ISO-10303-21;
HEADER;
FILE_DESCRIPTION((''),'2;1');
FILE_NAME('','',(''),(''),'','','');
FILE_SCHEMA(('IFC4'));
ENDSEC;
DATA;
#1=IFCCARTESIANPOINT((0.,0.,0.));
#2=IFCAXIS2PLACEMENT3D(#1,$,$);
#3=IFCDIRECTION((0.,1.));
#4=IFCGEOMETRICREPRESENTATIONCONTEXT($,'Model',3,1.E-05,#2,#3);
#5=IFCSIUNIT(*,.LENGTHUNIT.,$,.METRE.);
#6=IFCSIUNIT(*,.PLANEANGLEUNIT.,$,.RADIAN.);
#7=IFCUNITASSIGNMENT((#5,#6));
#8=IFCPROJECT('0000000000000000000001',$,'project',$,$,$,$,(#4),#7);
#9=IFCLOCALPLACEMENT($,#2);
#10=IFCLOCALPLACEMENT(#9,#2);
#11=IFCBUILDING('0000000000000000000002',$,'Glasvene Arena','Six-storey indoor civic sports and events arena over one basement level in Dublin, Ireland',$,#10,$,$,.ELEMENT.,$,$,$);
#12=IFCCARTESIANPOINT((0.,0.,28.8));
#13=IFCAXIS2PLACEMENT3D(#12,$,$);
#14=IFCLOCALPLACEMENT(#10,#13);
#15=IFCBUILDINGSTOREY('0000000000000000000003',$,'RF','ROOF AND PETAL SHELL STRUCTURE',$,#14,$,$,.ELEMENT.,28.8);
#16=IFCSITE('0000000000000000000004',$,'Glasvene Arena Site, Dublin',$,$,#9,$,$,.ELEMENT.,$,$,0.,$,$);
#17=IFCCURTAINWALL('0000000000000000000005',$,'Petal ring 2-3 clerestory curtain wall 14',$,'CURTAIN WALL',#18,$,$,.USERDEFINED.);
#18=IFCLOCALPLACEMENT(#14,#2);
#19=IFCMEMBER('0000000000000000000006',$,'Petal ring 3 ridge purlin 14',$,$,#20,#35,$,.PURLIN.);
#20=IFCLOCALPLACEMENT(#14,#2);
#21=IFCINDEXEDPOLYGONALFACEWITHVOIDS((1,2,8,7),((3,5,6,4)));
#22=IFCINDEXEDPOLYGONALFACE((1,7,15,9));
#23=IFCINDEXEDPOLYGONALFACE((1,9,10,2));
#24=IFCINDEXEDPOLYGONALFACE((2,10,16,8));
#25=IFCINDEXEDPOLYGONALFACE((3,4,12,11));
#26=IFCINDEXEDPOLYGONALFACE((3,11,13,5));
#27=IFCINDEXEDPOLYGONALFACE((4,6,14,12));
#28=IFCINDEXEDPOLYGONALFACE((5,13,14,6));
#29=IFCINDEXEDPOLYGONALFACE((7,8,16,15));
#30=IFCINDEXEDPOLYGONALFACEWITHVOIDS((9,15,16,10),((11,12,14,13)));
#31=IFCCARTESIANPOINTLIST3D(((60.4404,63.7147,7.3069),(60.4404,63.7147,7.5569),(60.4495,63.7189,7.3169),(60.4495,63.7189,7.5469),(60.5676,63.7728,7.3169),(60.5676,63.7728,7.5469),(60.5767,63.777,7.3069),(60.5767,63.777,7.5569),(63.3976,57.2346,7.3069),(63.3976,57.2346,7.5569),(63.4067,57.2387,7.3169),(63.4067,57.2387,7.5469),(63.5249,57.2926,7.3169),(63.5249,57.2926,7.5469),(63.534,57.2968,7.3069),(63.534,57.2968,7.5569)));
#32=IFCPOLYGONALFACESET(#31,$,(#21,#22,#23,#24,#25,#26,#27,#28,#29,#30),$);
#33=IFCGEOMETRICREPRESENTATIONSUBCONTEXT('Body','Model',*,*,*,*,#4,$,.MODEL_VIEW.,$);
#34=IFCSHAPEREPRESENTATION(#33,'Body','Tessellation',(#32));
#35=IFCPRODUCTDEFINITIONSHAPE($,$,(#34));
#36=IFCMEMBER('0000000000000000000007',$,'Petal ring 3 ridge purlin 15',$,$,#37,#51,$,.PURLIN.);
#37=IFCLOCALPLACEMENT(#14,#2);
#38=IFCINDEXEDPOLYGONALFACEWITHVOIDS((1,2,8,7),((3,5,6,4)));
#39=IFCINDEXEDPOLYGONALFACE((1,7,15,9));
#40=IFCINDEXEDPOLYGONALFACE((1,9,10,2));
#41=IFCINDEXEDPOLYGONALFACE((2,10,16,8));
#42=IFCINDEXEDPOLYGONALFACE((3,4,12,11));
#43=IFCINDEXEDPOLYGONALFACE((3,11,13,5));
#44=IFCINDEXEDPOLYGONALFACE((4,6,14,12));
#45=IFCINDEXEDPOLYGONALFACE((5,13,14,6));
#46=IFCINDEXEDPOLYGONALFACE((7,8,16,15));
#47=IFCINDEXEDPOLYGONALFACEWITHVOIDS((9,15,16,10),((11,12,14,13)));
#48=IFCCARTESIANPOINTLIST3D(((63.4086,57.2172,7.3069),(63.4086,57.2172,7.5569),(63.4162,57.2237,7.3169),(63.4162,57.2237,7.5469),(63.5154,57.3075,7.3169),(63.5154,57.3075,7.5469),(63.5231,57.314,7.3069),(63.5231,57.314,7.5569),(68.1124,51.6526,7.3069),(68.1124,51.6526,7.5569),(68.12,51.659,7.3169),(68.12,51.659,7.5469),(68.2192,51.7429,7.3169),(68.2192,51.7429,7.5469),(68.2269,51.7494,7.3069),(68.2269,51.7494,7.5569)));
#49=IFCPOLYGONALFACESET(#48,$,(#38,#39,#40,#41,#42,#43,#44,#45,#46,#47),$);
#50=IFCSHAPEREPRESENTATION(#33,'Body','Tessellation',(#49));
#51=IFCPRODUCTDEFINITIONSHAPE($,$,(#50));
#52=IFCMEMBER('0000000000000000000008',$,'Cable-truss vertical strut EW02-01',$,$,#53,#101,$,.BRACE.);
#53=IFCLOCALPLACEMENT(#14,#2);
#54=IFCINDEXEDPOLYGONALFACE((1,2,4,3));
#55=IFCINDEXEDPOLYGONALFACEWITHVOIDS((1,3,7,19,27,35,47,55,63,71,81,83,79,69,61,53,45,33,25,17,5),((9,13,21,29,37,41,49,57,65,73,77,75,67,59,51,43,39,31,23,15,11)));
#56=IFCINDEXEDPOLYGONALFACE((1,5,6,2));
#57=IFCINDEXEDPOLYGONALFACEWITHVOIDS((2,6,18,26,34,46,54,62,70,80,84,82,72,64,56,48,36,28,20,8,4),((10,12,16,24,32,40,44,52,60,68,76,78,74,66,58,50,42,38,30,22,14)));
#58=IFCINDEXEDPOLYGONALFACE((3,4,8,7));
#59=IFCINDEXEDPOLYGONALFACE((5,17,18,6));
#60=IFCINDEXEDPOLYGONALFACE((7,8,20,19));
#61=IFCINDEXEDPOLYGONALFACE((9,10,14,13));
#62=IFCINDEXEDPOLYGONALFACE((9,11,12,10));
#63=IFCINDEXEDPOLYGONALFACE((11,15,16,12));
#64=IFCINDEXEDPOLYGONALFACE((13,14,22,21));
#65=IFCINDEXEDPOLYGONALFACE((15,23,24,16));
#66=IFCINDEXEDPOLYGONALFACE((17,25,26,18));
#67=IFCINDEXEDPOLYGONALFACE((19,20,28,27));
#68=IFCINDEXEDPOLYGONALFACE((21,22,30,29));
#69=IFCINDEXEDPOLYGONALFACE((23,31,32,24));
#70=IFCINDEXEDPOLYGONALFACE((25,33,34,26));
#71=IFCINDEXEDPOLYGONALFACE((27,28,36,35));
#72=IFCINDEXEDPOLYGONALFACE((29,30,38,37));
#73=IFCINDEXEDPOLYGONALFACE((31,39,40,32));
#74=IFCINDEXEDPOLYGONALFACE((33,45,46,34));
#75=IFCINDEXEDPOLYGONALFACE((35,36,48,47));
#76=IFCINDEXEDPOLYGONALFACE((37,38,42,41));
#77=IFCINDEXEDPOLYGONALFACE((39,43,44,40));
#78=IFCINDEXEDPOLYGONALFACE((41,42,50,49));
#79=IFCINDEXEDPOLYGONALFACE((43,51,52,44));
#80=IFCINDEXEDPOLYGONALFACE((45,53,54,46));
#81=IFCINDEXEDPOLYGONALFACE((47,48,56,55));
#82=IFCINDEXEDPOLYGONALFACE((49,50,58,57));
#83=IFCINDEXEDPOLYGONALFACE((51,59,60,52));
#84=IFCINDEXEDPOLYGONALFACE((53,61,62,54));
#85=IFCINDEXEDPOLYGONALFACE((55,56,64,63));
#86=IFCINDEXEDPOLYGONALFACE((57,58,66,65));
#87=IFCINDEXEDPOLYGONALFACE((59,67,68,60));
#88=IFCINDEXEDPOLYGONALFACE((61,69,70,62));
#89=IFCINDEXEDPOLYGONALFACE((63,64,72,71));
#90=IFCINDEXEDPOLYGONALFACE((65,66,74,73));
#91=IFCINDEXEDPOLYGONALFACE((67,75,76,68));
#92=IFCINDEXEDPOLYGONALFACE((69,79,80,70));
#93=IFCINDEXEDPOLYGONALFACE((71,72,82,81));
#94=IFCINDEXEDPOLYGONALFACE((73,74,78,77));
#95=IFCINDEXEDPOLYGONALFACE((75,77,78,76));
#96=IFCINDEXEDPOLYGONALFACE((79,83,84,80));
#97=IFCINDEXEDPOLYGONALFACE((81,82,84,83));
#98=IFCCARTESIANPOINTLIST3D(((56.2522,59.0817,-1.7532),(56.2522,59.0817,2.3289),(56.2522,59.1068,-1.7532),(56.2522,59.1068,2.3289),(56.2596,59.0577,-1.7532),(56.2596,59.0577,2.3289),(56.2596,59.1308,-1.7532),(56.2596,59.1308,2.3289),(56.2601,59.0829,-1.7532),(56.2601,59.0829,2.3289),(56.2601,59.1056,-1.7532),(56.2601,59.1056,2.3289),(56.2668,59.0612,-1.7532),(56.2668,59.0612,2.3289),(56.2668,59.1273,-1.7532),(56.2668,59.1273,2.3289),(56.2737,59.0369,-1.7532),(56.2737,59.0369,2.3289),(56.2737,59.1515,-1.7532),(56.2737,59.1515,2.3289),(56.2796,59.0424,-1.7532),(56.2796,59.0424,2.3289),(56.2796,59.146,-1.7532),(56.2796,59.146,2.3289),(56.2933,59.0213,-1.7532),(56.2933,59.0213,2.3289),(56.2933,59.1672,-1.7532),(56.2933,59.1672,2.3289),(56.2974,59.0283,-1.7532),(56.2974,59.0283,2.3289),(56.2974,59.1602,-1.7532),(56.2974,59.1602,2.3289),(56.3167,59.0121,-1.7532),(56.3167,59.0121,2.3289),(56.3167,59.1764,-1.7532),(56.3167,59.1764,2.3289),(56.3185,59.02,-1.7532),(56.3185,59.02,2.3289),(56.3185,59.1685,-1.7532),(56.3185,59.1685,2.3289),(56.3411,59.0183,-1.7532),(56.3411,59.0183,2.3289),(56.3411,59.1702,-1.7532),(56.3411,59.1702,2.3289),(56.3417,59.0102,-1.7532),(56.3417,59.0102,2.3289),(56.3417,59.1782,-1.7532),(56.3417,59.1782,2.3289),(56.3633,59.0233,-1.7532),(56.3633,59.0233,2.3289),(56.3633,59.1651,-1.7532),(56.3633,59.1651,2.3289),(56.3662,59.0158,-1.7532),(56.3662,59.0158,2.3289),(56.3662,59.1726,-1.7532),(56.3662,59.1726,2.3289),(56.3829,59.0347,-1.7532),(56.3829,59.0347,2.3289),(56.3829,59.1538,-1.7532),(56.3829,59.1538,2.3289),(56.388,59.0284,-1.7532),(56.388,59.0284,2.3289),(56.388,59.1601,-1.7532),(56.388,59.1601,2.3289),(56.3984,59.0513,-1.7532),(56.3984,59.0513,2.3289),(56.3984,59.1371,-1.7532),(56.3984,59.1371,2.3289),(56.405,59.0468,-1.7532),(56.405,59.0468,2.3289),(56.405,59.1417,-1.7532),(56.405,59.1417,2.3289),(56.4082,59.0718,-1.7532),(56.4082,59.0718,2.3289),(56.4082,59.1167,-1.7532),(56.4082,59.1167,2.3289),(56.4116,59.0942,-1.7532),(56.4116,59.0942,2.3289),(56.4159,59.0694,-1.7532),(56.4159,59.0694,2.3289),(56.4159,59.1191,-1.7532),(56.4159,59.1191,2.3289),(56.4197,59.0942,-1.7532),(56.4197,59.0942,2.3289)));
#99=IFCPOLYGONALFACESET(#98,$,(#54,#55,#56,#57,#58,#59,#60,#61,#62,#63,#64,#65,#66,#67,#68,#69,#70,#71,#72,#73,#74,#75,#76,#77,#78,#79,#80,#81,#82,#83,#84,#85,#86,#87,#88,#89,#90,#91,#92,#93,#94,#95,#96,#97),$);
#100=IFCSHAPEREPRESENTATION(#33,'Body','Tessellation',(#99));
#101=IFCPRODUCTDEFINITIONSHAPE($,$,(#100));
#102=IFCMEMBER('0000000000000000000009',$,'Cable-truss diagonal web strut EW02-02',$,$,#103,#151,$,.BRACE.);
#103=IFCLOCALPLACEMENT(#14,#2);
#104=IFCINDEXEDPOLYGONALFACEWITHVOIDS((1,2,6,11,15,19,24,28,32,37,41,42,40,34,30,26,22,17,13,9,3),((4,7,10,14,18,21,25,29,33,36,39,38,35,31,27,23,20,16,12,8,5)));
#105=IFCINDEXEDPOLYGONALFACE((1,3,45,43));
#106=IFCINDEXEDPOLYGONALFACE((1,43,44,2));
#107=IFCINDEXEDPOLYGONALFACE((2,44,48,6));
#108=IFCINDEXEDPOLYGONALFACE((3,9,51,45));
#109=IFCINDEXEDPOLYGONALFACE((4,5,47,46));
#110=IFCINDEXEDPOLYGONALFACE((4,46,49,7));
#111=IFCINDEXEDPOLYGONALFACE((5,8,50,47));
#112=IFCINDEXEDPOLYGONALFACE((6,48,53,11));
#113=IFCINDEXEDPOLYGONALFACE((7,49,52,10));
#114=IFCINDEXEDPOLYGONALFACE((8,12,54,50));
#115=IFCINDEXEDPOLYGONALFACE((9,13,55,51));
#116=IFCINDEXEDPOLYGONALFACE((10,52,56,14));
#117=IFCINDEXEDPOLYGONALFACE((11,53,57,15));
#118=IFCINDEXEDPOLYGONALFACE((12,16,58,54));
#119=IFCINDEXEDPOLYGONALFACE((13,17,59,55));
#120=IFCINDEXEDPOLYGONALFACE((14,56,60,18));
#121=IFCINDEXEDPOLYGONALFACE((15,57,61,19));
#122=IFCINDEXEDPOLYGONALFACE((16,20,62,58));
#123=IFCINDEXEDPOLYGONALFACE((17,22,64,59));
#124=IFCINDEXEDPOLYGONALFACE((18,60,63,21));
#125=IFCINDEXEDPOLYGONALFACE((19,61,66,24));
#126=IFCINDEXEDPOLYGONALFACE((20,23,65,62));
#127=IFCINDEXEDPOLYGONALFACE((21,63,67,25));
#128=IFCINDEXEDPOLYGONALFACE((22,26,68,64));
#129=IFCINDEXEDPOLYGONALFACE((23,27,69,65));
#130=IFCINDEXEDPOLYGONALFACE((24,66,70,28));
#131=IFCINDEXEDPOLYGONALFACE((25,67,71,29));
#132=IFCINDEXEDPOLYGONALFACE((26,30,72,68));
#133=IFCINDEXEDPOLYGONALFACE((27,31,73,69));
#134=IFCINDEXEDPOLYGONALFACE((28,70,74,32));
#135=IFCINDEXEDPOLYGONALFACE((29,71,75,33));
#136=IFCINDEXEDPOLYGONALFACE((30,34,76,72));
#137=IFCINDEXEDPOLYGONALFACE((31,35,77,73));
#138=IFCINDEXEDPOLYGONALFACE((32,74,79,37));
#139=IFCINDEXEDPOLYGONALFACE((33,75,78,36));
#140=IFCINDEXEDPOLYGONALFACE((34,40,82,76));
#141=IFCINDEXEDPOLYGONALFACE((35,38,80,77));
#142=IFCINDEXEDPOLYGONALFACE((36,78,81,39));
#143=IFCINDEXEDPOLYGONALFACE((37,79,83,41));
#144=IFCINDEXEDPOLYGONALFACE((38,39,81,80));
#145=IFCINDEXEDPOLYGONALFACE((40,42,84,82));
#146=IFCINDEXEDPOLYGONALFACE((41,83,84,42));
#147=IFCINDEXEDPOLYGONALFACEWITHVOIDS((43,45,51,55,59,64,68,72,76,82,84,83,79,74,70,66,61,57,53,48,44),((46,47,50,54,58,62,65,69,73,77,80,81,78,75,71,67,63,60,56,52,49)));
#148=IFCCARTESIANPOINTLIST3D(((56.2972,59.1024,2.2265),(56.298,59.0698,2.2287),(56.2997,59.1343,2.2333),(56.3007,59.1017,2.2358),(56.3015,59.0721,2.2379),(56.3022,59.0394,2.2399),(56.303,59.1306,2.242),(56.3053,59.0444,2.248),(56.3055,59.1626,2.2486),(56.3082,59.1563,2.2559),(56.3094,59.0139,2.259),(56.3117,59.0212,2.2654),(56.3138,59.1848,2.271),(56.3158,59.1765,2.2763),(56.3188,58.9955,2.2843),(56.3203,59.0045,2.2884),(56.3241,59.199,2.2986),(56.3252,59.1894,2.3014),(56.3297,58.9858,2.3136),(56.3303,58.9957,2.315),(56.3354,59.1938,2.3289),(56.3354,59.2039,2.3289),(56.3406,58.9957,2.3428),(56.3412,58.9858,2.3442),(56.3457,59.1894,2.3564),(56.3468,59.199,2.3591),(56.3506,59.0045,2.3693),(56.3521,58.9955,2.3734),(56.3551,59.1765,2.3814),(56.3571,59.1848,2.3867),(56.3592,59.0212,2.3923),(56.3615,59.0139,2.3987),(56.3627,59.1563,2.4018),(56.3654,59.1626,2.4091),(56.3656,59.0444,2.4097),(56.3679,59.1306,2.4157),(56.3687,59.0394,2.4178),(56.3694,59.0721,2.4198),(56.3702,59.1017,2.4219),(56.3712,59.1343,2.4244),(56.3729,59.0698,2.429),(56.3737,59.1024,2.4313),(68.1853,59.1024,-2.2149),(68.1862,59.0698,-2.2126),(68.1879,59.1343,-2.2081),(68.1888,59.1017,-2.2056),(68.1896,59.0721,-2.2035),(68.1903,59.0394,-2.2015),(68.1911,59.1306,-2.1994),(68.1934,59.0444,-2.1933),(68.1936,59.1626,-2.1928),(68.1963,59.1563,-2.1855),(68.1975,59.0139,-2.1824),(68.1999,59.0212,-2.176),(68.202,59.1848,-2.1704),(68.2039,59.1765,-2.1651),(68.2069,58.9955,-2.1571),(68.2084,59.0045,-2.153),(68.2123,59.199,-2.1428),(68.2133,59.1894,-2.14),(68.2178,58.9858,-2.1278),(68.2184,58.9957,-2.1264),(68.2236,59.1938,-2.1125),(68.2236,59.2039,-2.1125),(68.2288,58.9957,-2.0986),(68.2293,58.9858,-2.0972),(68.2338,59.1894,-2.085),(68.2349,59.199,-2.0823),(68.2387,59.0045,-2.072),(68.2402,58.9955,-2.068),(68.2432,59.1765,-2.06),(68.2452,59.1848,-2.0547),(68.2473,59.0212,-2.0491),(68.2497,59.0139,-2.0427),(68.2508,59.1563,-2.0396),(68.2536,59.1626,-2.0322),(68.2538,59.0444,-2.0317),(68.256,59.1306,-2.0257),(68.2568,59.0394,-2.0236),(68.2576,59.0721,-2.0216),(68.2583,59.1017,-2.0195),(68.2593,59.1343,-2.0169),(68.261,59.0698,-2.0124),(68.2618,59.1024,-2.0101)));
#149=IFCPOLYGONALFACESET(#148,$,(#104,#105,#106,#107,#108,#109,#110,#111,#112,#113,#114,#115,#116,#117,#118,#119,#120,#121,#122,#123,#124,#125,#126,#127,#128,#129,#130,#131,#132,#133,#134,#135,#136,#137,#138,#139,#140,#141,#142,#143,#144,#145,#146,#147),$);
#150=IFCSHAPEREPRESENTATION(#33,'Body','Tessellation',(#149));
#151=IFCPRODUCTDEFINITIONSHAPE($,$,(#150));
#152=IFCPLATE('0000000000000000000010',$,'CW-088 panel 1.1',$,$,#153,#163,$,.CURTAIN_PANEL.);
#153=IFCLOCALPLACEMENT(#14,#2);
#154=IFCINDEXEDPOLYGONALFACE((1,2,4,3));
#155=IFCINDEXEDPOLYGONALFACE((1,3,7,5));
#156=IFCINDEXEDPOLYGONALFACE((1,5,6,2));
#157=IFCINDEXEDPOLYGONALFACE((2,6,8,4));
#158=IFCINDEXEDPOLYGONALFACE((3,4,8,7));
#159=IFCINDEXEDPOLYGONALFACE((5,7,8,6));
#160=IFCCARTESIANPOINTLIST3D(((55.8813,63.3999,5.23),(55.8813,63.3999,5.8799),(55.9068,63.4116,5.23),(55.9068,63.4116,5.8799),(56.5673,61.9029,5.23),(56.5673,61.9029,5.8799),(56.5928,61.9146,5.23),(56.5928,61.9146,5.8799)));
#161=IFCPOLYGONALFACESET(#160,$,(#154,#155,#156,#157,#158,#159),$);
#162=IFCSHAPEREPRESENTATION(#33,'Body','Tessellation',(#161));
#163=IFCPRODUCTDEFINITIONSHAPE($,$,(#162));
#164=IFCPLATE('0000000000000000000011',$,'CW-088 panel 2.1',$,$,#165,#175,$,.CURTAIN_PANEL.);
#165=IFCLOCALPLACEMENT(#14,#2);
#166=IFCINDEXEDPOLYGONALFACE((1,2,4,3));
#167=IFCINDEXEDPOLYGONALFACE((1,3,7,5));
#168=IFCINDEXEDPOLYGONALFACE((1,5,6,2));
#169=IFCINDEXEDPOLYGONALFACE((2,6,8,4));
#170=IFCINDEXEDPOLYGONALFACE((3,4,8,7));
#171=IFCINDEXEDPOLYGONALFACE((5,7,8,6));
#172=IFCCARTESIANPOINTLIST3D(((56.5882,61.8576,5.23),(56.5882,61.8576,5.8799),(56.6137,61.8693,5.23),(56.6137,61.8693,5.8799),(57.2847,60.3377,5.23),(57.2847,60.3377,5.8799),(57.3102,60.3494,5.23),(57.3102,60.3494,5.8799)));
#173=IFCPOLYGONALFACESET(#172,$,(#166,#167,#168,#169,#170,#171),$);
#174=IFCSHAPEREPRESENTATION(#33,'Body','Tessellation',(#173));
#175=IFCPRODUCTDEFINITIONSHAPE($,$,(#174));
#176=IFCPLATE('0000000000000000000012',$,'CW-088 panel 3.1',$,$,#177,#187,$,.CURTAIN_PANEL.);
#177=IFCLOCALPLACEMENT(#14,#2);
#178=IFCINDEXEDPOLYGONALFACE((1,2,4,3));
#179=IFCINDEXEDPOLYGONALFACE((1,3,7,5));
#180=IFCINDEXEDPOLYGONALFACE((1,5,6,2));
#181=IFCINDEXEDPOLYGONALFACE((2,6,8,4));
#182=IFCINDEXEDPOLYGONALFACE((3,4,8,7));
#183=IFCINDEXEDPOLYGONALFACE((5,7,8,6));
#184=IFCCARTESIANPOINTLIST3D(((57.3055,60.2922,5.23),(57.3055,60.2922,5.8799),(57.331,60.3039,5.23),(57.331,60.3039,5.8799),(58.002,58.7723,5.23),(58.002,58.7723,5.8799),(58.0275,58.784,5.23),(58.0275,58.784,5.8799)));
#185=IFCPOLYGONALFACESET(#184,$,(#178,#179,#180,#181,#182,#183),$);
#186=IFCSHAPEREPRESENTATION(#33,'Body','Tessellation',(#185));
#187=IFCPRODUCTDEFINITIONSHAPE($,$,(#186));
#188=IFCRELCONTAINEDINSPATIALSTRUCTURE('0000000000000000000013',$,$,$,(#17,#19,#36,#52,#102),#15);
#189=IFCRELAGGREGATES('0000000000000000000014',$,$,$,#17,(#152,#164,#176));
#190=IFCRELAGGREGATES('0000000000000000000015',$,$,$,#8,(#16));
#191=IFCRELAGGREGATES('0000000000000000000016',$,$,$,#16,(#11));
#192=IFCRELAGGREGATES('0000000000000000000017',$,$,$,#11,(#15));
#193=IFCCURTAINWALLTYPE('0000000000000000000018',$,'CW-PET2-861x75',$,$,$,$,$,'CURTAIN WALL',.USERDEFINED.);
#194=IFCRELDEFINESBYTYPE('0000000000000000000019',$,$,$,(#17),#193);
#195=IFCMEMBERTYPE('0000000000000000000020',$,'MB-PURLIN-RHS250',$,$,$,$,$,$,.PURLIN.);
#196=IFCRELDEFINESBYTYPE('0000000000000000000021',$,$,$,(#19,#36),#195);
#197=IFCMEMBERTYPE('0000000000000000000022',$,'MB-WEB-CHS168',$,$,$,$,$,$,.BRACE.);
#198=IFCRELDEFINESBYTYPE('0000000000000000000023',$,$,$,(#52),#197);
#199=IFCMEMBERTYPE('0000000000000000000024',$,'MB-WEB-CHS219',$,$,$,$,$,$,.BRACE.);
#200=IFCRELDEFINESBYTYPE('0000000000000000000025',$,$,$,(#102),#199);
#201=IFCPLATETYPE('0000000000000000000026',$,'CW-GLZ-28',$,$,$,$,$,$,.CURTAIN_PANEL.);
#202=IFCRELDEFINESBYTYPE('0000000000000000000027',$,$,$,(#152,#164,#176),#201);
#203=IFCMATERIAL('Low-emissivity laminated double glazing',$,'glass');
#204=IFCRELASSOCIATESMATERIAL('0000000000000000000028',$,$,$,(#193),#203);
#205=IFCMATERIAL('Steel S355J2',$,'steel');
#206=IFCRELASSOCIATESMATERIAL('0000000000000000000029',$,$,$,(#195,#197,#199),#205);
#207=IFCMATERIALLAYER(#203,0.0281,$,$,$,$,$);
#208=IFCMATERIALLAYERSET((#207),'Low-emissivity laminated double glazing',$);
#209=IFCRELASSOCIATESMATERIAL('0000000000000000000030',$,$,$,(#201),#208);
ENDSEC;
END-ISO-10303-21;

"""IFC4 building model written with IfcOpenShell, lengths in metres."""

from ifc_helpers import new_model, si_unit, direction, frame, origin, origin_2d, place, context, subcontext, project, spatial, rectangle, hollow_rectangle, hollow_circle, extrude, material, layer, layer_set, material_profile, profile_set, type_object, element, aggregate, save


model = new_model("IFC4")

# Units and contexts
model_context = context("Model", 3, precision=1e-05, world=origin(), true_north=direction((0.0, 1.0)))
body_context = subcontext(model_context, "Body", "Model", "MODEL_VIEW")
ifc_project = project(units=[si_unit("LENGTHUNIT", "METRE"), si_unit("PLANEANGLEUNIT", "RADIAN")], contexts=[model_context])

# Site, building, storey
site_placement = place(None, origin())
site = spatial("IfcSite", under=ifc_project, at=site_placement, Name="Glasvene Arena Site, Dublin", CompositionType="ELEMENT", RefElevation=0.0)
building_placement = place(site_placement, origin())
building = spatial("IfcBuilding", under=site, at=building_placement, Name="Glasvene Arena", Description="Six-storey indoor civic sports and events arena over one basement level in Dublin, Ireland", CompositionType="ELEMENT")
storey_placement = place(building_placement, frame((0.0, 0.0, 28.8)))
storey = spatial("IfcBuildingStorey", under=building, at=storey_placement, Name="RF", Description="ROOF AND PETAL SHELL STRUCTURE", CompositionType="ELEMENT", Elevation=28.8)

# Shared definitions
ifc_material_1 = material(Name="Low-emissivity laminated double glazing", Category="glass")

# Curtain wall
curtain_wall_type_1 = type_object("IfcCurtainWallType", Name="CW-PET2-861x75", ElementType="CURTAIN WALL", PredefinedType="USERDEFINED", material=ifc_material_1)
curtain_wall_1_placement = place(storey_placement, frame((55.8733, 63.4514, 0.0)))
curtain_wall_1 = element("IfcCurtainWall", 1, at=curtain_wall_1_placement, inside=storey, type_object=curtain_wall_type_1, Name="Petal ring 2-3 clerestory curtain wall 14", ObjectType="CURTAIN WALL", PredefinedType="USERDEFINED")

# Members
ifc_material_2 = material(Name="Steel S355J2", Category="steel")
ifc_material_profile_1 = material_profile(ifc_material_2, hollow_rectangle(XDim=0.1499, YDim=0.25, WallThickness=0.01, at=origin_2d()), Name="RHS 250x150x10.0")
ifc_profile_set_1 = profile_set([ifc_material_profile_1], Name="Steel S355J2")
member_type_1 = type_object("IfcMemberType", Name="MB-PURLIN-RHS250", PredefinedType="PURLIN", material=ifc_profile_set_1)
member_1_placement = place(storey_placement, frame((60.5085, 63.7458, 7.4319), z_axis=(0.415166, -0.909746, 0.0), x_axis=(0.909746, 0.415166, 0.0)))
element("IfcMember", 2, at=member_1_placement, inside=storey, type_object=member_type_1, Name="Petal ring 3 ridge purlin 14", PredefinedType="PURLIN", context=body_context, shape_type="SweptSolid", body=[
    extrude(hollow_rectangle(XDim=0.1499, YDim=0.25, WallThickness=0.01, at=origin_2d()), origin(), (0.0, 0.0, 1.0), 7.123),
])
member_2_placement = place(storey_placement, frame((63.4658, 57.2656, 7.4319), z_axis=(0.645564, -0.763706, 0.0), x_axis=(0.763706, 0.645564, 0.0)))
element("IfcMember", 3, at=member_2_placement, inside=storey, type_object=member_type_1, Name="Petal ring 3 ridge purlin 15", PredefinedType="PURLIN", context=body_context, shape_type="SweptSolid", body=[
    extrude(hollow_rectangle(XDim=0.1499, YDim=0.25, WallThickness=0.01, at=origin_2d()), origin(), (0.0, 0.0, 1.0), 7.2864),
])
ifc_material_profile_2 = material_profile(ifc_material_2, hollow_circle(Radius=0.0842, WallThickness=0.0081, at=origin_2d()), Name="CHS 168.3x8.0")
ifc_profile_set_2 = profile_set([ifc_material_profile_2], Name="Steel S355J2")
member_type_2 = type_object("IfcMemberType", Name="MB-WEB-CHS168", PredefinedType="BRACE", material=ifc_profile_set_2)
member_3_placement = place(storey_placement, frame((56.3354, 59.0942, -1.7532), z_axis=(0.0, 0.0, 1.0), x_axis=(1.0, 0.0, 0.0)))
element("IfcMember", 4, at=member_3_placement, inside=storey, type_object=member_type_2, Name="Cable-truss vertical strut EW02-01", PredefinedType="BRACE", context=body_context, shape_type="SweptSolid", body=[
    extrude(hollow_circle(Radius=0.0842, WallThickness=0.0081, at=origin_2d()), origin(), (0.0, 0.0, 1.0), 4.082),
])
ifc_material_profile_3 = material_profile(ifc_material_2, hollow_circle(Radius=0.1096, WallThickness=0.01, at=origin_2d()), Name="CHS 219.1x10.0")
ifc_profile_set_3 = profile_set([ifc_material_profile_3], Name="Steel S355J2")
member_type_3 = type_object("IfcMemberType", Name="MB-WEB-CHS219", PredefinedType="BRACE", material=ifc_profile_set_3)
member_4_placement = place(storey_placement, frame((56.3354, 59.0942, 2.3289), z_axis=(0.93676, 0.0, -0.349972), x_axis=(0.0, 1.0, 0.0)))
element("IfcMember", 5, at=member_4_placement, inside=storey, type_object=member_type_3, Name="Cable-truss diagonal web strut EW02-02", PredefinedType="BRACE", context=body_context, shape_type="SweptSolid", body=[
    extrude(hollow_circle(Radius=0.1096, WallThickness=0.01, at=origin_2d()), origin(), (0.0, 0.0, 1.0), 12.6907),
])

# Plates
ifc_layer = layer(ifc_material_1, 0.0281)
ifc_layer_set = layer_set([ifc_layer], Name="Low-emissivity laminated double glazing")
plate_type = type_object("IfcPlateType", Name="CW-GLZ-28", PredefinedType="CURTAIN_PANEL", material=ifc_layer_set)
plate_1_placement = place(storey_placement, frame((56.2371, 62.6572, 5.23), z_axis=(0.0, 0.0, 1.0), x_axis=(0.416592, -0.909094, 0.0)))
plate_1 = element("IfcPlate", 6, at=plate_1_placement, type_object=plate_type, Name="CW-088 panel 1.1", PredefinedType="CURTAIN_PANEL", context=body_context, shape_type="SweptSolid", body=[
    extrude(rectangle(XDim=1.6467, YDim=0.0281, at=origin_2d()), origin(), (0.0, 0.0, 1.0), 0.6499),
])
plate_2_placement = place(storey_placement, frame((56.9492, 61.1035, 5.23), z_axis=(0.0, 0.0, 1.0), x_axis=(0.416592, -0.909094, 0.0)))
plate_2 = element("IfcPlate", 7, at=plate_2_placement, type_object=plate_type, Name="CW-088 panel 2.1", PredefinedType="CURTAIN_PANEL", context=body_context, shape_type="SweptSolid", body=[
    extrude(rectangle(XDim=1.6719, YDim=0.0281, at=origin_2d()), origin(), (0.0, 0.0, 1.0), 0.6499),
])
plate_3_placement = place(storey_placement, frame((57.6665, 59.5381, 5.23), z_axis=(0.0, 0.0, 1.0), x_axis=(0.416592, -0.909094, 0.0)))
plate_3 = element("IfcPlate", 8, at=plate_3_placement, type_object=plate_type, Name="CW-088 panel 3.1", PredefinedType="CURTAIN_PANEL", context=body_context, shape_type="SweptSolid", body=[
    extrude(rectangle(XDim=1.6719, YDim=0.0281, at=origin_2d()), origin(), (0.0, 0.0, 1.0), 0.6499),
])
aggregate(curtain_wall_1, [plate_1, plate_2, plate_3])

save(model, "model.ifc")
